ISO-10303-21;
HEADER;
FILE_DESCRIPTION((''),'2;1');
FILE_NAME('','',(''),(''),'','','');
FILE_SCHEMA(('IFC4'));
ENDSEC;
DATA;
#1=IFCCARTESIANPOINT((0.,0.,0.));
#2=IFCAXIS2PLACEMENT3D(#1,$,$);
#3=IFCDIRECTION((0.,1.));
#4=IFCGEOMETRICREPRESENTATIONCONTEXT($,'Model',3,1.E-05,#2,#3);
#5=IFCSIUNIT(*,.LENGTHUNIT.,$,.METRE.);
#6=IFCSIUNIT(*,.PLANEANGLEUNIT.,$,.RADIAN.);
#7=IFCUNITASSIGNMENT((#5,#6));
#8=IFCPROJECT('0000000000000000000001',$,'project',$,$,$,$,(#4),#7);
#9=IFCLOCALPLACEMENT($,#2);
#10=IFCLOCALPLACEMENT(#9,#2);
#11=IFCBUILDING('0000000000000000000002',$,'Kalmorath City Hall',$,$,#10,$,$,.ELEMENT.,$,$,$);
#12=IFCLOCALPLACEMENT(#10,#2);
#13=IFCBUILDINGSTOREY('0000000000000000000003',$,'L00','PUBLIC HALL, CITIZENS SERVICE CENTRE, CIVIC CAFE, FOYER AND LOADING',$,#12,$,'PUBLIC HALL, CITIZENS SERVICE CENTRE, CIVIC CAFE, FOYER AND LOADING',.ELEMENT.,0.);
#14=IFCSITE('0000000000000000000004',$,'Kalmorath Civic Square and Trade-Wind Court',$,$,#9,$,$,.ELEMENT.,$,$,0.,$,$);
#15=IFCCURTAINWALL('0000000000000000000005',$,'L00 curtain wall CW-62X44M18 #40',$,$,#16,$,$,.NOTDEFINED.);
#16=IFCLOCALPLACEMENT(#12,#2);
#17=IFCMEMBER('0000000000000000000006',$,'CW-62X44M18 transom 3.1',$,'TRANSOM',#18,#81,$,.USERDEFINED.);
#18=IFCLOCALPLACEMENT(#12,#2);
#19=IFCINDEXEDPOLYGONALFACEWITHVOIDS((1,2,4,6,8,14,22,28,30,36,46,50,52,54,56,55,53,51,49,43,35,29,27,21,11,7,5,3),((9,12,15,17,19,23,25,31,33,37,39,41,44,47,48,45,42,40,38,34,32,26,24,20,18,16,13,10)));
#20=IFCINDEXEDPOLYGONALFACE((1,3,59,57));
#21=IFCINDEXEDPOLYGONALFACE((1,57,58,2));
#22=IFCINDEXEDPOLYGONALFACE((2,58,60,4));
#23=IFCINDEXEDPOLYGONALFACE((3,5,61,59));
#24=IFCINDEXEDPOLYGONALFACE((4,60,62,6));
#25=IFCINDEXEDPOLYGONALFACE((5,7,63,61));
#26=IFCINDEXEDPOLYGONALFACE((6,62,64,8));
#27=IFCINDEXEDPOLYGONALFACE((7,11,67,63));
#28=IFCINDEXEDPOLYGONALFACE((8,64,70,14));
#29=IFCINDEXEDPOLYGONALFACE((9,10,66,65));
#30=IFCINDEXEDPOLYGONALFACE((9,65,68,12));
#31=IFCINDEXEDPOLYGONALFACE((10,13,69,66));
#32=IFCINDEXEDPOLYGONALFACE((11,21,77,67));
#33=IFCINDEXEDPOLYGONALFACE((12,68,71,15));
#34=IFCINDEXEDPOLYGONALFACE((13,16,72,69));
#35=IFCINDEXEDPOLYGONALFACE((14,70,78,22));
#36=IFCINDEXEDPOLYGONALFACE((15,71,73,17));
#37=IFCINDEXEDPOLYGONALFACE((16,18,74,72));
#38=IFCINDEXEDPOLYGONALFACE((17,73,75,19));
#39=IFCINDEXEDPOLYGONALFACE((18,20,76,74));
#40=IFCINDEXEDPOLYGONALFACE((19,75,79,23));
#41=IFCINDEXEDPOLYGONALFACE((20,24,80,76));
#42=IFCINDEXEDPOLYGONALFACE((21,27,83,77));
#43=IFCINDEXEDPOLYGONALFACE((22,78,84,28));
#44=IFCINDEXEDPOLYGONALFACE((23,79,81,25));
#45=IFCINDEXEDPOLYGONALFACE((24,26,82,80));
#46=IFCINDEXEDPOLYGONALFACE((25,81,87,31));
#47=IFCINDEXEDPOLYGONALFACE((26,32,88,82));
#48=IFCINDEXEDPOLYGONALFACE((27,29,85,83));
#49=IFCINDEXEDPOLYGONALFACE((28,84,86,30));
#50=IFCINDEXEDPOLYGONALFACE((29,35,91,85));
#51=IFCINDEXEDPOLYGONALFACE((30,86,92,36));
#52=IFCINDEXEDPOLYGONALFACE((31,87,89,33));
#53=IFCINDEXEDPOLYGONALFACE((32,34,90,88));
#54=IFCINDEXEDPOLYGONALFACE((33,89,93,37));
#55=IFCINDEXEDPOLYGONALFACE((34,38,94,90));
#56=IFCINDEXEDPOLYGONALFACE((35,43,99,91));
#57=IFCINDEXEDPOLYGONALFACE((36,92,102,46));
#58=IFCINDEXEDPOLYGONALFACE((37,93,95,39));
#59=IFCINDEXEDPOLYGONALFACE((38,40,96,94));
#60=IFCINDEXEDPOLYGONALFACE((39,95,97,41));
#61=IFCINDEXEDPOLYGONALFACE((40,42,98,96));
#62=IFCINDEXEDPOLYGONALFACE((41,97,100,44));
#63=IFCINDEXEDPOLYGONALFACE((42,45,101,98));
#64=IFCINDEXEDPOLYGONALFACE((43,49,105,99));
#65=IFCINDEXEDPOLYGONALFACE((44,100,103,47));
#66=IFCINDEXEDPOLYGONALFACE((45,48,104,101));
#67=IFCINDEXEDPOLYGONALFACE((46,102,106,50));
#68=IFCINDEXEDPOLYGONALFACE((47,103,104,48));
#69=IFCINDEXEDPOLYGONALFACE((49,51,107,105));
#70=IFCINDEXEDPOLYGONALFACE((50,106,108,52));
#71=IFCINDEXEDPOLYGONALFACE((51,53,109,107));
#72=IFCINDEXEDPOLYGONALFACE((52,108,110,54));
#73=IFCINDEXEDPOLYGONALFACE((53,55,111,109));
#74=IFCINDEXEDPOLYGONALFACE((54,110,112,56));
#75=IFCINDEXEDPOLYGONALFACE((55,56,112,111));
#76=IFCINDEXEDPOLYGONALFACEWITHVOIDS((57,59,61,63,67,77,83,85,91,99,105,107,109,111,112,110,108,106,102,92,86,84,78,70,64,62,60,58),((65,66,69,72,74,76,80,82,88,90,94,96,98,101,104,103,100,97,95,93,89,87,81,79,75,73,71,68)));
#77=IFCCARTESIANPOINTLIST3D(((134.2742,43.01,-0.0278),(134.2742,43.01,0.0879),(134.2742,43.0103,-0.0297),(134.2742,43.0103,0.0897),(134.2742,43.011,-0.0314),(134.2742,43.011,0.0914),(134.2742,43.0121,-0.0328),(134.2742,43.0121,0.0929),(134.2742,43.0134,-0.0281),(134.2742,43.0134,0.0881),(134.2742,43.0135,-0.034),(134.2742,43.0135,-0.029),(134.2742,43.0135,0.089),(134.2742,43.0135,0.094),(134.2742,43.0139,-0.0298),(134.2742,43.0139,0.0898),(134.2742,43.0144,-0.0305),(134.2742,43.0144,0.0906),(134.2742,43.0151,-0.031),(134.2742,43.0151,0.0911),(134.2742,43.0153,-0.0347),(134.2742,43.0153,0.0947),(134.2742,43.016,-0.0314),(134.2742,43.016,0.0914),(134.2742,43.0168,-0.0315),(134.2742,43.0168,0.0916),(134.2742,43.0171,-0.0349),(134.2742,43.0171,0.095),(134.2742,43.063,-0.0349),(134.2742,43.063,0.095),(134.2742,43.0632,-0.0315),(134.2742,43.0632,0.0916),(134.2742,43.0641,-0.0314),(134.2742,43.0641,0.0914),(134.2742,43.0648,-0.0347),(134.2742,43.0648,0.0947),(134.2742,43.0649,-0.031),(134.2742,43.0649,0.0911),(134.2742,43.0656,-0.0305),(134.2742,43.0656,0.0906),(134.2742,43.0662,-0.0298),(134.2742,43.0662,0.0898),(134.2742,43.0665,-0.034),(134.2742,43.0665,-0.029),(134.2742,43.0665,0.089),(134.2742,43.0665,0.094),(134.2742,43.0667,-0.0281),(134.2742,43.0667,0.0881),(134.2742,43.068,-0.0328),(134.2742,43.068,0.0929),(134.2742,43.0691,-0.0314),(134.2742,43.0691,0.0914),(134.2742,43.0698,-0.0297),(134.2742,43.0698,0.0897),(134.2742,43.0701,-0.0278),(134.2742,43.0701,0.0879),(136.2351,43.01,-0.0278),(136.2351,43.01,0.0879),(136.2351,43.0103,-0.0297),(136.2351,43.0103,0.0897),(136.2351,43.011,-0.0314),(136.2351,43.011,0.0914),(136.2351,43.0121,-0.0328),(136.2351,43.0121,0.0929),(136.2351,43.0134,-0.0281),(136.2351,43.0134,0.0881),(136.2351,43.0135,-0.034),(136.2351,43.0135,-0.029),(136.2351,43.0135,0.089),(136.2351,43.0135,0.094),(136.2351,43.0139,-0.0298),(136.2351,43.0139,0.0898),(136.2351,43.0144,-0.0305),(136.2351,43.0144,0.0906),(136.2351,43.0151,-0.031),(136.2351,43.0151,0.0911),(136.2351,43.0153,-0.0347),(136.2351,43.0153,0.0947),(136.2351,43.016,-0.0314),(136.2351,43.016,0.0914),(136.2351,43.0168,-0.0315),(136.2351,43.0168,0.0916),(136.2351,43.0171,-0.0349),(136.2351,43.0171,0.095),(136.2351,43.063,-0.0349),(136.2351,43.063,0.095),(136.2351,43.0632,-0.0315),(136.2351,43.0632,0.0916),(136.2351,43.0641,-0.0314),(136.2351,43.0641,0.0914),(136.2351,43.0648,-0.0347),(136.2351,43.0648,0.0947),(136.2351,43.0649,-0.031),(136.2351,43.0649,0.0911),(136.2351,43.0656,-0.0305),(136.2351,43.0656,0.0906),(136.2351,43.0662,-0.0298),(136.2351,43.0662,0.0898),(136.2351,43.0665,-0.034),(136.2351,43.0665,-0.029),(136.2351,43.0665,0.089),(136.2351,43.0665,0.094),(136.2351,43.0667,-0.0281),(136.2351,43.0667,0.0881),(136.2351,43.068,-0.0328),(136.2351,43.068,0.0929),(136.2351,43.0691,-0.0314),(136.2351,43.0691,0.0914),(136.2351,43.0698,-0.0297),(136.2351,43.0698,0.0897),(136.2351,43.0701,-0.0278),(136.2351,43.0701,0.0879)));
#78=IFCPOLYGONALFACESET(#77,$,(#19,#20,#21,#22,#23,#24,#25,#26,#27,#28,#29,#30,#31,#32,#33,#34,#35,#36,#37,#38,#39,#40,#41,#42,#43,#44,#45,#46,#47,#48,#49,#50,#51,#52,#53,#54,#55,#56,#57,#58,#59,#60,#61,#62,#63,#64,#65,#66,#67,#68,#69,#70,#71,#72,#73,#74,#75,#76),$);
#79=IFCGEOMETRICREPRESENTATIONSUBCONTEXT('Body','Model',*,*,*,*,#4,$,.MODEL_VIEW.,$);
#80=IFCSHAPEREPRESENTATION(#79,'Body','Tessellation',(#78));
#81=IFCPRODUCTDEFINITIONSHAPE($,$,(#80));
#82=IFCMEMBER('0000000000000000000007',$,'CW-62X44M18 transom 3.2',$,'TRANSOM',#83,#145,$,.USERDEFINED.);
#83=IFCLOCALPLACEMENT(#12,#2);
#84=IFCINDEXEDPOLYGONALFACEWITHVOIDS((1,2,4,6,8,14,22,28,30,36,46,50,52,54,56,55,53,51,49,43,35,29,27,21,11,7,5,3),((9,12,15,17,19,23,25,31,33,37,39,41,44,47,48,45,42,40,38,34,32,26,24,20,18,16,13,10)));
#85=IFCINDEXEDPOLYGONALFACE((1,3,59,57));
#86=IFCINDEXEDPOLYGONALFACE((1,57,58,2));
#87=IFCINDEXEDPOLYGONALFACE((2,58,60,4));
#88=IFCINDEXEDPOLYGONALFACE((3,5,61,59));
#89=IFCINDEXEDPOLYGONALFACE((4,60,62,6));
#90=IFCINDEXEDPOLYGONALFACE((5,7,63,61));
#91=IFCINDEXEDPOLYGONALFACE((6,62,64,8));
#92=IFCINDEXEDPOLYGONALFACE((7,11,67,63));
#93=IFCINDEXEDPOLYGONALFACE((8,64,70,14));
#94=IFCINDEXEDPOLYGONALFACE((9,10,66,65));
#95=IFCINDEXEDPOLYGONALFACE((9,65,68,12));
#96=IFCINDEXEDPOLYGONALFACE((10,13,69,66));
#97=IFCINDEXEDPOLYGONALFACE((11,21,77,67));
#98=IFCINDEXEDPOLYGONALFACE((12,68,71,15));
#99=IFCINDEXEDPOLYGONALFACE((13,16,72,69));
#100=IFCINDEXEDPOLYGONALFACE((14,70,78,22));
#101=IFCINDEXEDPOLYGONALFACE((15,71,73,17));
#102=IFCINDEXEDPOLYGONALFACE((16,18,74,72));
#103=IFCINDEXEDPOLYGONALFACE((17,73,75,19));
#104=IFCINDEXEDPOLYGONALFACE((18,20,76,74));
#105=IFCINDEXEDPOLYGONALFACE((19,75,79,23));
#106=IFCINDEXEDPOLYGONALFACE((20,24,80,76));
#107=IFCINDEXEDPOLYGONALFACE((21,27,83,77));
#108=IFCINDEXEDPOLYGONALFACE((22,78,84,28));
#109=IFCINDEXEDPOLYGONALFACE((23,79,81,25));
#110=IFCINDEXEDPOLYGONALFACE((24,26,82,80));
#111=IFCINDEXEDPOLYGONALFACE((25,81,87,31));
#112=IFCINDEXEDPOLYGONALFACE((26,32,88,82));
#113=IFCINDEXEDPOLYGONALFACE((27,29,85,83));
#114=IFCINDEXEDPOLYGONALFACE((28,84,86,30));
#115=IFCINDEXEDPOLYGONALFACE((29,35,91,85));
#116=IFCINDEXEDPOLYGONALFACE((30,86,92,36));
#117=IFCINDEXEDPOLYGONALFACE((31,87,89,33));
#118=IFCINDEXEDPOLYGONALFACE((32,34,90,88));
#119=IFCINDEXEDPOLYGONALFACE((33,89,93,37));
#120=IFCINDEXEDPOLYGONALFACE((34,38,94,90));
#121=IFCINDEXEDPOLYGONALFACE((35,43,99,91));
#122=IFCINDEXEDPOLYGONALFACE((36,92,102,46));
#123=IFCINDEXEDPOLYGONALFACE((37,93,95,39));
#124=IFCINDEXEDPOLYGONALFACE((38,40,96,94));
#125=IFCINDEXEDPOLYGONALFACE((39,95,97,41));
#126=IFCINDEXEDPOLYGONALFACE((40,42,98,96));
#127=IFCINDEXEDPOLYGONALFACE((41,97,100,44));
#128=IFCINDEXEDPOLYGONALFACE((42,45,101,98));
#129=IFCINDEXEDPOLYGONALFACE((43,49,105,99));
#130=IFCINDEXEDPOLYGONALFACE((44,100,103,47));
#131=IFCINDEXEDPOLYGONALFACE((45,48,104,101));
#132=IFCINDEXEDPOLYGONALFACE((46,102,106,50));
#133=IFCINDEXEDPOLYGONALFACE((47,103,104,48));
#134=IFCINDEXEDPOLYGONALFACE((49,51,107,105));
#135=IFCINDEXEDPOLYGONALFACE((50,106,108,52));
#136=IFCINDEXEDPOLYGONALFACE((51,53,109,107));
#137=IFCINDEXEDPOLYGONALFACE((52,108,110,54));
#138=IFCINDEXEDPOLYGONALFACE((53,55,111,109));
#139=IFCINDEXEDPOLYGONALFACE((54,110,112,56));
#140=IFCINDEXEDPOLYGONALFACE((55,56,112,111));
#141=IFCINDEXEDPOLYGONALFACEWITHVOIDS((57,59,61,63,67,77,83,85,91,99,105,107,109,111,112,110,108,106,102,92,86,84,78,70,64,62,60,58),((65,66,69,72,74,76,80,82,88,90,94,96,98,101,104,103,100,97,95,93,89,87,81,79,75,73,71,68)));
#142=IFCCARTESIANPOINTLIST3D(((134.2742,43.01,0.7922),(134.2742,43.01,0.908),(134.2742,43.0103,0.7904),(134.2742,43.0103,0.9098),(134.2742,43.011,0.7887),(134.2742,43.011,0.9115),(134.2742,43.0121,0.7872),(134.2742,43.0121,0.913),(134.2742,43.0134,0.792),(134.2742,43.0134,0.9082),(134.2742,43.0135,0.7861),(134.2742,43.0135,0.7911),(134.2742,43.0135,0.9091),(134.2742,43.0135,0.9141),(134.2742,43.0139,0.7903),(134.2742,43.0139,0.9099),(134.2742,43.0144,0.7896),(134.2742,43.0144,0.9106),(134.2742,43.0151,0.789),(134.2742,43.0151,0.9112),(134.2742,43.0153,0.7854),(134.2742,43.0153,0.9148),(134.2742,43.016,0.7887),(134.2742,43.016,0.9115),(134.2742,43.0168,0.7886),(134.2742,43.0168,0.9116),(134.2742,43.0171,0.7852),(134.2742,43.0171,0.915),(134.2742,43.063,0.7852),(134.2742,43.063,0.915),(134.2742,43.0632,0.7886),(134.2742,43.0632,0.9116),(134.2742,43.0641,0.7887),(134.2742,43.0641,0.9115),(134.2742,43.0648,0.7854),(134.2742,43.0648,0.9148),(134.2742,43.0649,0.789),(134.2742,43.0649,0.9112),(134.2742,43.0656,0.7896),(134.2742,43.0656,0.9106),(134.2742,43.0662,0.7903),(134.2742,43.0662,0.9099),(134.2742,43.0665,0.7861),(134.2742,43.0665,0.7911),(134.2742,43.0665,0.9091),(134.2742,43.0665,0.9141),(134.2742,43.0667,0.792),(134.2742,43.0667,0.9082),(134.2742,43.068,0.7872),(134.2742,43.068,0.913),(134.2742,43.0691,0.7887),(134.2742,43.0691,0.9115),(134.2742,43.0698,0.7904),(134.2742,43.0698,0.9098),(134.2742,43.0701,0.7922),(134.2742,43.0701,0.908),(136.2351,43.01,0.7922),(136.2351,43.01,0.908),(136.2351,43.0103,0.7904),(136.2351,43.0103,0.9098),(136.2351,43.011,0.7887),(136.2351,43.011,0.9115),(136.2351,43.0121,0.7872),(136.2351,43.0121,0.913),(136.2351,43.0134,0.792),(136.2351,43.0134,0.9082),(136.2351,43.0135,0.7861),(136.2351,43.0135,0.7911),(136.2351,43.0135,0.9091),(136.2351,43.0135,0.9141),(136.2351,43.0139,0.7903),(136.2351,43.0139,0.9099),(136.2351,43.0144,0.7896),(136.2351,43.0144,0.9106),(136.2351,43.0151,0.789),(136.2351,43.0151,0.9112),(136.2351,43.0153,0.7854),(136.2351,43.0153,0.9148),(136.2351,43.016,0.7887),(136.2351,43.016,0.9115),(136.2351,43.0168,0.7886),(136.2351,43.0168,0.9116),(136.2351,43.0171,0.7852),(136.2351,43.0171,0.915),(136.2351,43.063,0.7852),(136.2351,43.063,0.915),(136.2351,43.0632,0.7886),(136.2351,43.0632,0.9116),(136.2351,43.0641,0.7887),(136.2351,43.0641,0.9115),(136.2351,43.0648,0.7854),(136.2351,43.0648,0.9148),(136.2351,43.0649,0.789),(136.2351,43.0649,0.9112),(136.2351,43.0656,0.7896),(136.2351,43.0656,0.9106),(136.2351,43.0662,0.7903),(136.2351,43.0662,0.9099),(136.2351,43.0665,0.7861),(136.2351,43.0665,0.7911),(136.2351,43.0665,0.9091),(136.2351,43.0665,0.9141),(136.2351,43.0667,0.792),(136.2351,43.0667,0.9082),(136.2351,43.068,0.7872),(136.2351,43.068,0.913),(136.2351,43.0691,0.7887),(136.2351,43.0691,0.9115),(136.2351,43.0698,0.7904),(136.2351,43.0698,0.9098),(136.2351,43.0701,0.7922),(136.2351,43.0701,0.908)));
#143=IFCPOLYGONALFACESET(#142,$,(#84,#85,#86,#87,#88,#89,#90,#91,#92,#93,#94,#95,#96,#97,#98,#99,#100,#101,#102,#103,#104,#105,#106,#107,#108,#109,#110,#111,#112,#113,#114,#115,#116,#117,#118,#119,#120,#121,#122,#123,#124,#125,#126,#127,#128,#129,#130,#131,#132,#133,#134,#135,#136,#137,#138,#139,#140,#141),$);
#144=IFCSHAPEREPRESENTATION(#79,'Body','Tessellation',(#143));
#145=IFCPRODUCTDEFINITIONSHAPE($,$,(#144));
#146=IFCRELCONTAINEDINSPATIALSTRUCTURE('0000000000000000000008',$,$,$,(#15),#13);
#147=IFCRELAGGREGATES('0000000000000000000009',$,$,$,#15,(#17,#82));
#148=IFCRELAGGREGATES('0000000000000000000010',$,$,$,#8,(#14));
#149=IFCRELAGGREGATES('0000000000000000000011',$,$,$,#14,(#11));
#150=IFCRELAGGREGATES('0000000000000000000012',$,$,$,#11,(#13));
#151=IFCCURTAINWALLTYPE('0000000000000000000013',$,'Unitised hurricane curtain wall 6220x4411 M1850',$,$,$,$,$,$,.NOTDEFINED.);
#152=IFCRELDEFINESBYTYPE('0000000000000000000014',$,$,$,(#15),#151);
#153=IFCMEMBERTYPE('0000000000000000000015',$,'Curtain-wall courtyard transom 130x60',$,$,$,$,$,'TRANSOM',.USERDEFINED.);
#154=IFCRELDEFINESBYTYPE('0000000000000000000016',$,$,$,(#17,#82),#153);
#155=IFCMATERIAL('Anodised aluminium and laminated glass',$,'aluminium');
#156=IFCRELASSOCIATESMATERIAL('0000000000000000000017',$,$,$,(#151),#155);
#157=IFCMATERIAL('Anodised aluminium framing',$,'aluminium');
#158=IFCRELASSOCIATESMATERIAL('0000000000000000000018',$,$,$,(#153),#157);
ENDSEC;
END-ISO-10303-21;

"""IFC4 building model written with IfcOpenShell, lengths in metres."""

from ifc_helpers import new_model, si_unit, direction, frame, origin, origin_2d, place, context, subcontext, project, spatial, hollow_rectangle, extrude, material, material_profile, profile_set, type_object, element, aggregate, save


model = new_model("IFC4")

# Units and contexts
model_context = context("Model", 3, precision=1e-05, world=origin(), true_north=direction((0.0, 1.0)))
body_context = subcontext(model_context, "Body", "Model", "MODEL_VIEW")
ifc_project = project(units=[si_unit("LENGTHUNIT", "METRE"), si_unit("PLANEANGLEUNIT", "RADIAN")], contexts=[model_context])

# Site, building, storey
site_placement = place(None, origin())
site = spatial("IfcSite", under=ifc_project, at=site_placement, Name="Kalmorath Civic Square and Trade-Wind Court", CompositionType="ELEMENT", RefElevation=0.0)
building_placement = place(site_placement, origin())
building = spatial("IfcBuilding", under=site, at=building_placement, Name="Kalmorath City Hall", CompositionType="ELEMENT")
storey_placement = place(building_placement, origin())
storey = spatial("IfcBuildingStorey", under=building, at=storey_placement, Name="L00", Description="PUBLIC HALL, CITIZENS SERVICE CENTRE, CIVIC CAFE, FOYER AND LOADING", LongName="PUBLIC HALL, CITIZENS SERVICE CENTRE, CIVIC CAFE, FOYER AND LOADING", CompositionType="ELEMENT", Elevation=0.0)

# Curtain wall, members
ifc_material_1 = material(Name="Anodised aluminium and laminated glass", Category="aluminium")
curtain_wall_type = type_object("IfcCurtainWallType", Name="Unitised hurricane curtain wall 6220x4411 M1850", PredefinedType="NOTDEFINED", material=ifc_material_1)
curtain_wall_placement = place(storey_placement, origin())
curtain_wall = element("IfcCurtainWall", 1, at=curtain_wall_placement, inside=storey, type_object=curtain_wall_type, Name="L00 curtain wall CW-62X44M18 #40", PredefinedType="NOTDEFINED")
ifc_material_2 = material(Name="Anodised aluminium framing", Category="aluminium")
ifc_material_profile_1 = material_profile(ifc_material_2, hollow_rectangle(XDim=0.0601, YDim=0.1299, WallThickness=0.0034, InnerFilletRadius=0.0034, OuterFilletRadius=0.0071, at=origin_2d()), Name="ALU-TRN-130X60X3.5")
ifc_profile_set_1 = profile_set([ifc_material_profile_1], Name="Anodised aluminium framing")
member_type_1 = type_object("IfcMemberType", Name="Curtain-wall courtyard transom 130x60", ElementType="TRANSOM", PredefinedType="USERDEFINED", material=ifc_profile_set_1)
member_1_placement = place(storey_placement, frame((134.2742, 43.04, 0.03), z_axis=(1.0, 0.0, 0.0), x_axis=(0.0, 1.0, 0.0)))
member_1 = element("IfcMember", 2, at=member_1_placement, type_object=member_type_1, Name="CW-62X44M18 transom 3.1", ObjectType="TRANSOM", PredefinedType="USERDEFINED", context=body_context, shape_type="SweptSolid", body=[
    extrude(hollow_rectangle(XDim=0.0601, YDim=0.1299, WallThickness=0.0034, InnerFilletRadius=0.0034, OuterFilletRadius=0.0071, at=origin_2d()), origin(), (0.0, 0.0, 1.0), 1.9609),
])
member_2_placement = place(storey_placement, frame((134.2742, 43.04, 0.8501), z_axis=(1.0, 0.0, 0.0), x_axis=(0.0, 1.0, 0.0)))
member_2 = element("IfcMember", 3, at=member_2_placement, type_object=member_type_1, Name="CW-62X44M18 transom 3.2", ObjectType="TRANSOM", PredefinedType="USERDEFINED", context=body_context, shape_type="SweptSolid", body=[
    extrude(hollow_rectangle(XDim=0.0601, YDim=0.1299, WallThickness=0.0034, InnerFilletRadius=0.0034, OuterFilletRadius=0.0071, at=origin_2d()), origin(), (0.0, 0.0, 1.0), 1.9609),
])

aggregate(curtain_wall, [member_1, member_2])

save(model, "model.ifc")
